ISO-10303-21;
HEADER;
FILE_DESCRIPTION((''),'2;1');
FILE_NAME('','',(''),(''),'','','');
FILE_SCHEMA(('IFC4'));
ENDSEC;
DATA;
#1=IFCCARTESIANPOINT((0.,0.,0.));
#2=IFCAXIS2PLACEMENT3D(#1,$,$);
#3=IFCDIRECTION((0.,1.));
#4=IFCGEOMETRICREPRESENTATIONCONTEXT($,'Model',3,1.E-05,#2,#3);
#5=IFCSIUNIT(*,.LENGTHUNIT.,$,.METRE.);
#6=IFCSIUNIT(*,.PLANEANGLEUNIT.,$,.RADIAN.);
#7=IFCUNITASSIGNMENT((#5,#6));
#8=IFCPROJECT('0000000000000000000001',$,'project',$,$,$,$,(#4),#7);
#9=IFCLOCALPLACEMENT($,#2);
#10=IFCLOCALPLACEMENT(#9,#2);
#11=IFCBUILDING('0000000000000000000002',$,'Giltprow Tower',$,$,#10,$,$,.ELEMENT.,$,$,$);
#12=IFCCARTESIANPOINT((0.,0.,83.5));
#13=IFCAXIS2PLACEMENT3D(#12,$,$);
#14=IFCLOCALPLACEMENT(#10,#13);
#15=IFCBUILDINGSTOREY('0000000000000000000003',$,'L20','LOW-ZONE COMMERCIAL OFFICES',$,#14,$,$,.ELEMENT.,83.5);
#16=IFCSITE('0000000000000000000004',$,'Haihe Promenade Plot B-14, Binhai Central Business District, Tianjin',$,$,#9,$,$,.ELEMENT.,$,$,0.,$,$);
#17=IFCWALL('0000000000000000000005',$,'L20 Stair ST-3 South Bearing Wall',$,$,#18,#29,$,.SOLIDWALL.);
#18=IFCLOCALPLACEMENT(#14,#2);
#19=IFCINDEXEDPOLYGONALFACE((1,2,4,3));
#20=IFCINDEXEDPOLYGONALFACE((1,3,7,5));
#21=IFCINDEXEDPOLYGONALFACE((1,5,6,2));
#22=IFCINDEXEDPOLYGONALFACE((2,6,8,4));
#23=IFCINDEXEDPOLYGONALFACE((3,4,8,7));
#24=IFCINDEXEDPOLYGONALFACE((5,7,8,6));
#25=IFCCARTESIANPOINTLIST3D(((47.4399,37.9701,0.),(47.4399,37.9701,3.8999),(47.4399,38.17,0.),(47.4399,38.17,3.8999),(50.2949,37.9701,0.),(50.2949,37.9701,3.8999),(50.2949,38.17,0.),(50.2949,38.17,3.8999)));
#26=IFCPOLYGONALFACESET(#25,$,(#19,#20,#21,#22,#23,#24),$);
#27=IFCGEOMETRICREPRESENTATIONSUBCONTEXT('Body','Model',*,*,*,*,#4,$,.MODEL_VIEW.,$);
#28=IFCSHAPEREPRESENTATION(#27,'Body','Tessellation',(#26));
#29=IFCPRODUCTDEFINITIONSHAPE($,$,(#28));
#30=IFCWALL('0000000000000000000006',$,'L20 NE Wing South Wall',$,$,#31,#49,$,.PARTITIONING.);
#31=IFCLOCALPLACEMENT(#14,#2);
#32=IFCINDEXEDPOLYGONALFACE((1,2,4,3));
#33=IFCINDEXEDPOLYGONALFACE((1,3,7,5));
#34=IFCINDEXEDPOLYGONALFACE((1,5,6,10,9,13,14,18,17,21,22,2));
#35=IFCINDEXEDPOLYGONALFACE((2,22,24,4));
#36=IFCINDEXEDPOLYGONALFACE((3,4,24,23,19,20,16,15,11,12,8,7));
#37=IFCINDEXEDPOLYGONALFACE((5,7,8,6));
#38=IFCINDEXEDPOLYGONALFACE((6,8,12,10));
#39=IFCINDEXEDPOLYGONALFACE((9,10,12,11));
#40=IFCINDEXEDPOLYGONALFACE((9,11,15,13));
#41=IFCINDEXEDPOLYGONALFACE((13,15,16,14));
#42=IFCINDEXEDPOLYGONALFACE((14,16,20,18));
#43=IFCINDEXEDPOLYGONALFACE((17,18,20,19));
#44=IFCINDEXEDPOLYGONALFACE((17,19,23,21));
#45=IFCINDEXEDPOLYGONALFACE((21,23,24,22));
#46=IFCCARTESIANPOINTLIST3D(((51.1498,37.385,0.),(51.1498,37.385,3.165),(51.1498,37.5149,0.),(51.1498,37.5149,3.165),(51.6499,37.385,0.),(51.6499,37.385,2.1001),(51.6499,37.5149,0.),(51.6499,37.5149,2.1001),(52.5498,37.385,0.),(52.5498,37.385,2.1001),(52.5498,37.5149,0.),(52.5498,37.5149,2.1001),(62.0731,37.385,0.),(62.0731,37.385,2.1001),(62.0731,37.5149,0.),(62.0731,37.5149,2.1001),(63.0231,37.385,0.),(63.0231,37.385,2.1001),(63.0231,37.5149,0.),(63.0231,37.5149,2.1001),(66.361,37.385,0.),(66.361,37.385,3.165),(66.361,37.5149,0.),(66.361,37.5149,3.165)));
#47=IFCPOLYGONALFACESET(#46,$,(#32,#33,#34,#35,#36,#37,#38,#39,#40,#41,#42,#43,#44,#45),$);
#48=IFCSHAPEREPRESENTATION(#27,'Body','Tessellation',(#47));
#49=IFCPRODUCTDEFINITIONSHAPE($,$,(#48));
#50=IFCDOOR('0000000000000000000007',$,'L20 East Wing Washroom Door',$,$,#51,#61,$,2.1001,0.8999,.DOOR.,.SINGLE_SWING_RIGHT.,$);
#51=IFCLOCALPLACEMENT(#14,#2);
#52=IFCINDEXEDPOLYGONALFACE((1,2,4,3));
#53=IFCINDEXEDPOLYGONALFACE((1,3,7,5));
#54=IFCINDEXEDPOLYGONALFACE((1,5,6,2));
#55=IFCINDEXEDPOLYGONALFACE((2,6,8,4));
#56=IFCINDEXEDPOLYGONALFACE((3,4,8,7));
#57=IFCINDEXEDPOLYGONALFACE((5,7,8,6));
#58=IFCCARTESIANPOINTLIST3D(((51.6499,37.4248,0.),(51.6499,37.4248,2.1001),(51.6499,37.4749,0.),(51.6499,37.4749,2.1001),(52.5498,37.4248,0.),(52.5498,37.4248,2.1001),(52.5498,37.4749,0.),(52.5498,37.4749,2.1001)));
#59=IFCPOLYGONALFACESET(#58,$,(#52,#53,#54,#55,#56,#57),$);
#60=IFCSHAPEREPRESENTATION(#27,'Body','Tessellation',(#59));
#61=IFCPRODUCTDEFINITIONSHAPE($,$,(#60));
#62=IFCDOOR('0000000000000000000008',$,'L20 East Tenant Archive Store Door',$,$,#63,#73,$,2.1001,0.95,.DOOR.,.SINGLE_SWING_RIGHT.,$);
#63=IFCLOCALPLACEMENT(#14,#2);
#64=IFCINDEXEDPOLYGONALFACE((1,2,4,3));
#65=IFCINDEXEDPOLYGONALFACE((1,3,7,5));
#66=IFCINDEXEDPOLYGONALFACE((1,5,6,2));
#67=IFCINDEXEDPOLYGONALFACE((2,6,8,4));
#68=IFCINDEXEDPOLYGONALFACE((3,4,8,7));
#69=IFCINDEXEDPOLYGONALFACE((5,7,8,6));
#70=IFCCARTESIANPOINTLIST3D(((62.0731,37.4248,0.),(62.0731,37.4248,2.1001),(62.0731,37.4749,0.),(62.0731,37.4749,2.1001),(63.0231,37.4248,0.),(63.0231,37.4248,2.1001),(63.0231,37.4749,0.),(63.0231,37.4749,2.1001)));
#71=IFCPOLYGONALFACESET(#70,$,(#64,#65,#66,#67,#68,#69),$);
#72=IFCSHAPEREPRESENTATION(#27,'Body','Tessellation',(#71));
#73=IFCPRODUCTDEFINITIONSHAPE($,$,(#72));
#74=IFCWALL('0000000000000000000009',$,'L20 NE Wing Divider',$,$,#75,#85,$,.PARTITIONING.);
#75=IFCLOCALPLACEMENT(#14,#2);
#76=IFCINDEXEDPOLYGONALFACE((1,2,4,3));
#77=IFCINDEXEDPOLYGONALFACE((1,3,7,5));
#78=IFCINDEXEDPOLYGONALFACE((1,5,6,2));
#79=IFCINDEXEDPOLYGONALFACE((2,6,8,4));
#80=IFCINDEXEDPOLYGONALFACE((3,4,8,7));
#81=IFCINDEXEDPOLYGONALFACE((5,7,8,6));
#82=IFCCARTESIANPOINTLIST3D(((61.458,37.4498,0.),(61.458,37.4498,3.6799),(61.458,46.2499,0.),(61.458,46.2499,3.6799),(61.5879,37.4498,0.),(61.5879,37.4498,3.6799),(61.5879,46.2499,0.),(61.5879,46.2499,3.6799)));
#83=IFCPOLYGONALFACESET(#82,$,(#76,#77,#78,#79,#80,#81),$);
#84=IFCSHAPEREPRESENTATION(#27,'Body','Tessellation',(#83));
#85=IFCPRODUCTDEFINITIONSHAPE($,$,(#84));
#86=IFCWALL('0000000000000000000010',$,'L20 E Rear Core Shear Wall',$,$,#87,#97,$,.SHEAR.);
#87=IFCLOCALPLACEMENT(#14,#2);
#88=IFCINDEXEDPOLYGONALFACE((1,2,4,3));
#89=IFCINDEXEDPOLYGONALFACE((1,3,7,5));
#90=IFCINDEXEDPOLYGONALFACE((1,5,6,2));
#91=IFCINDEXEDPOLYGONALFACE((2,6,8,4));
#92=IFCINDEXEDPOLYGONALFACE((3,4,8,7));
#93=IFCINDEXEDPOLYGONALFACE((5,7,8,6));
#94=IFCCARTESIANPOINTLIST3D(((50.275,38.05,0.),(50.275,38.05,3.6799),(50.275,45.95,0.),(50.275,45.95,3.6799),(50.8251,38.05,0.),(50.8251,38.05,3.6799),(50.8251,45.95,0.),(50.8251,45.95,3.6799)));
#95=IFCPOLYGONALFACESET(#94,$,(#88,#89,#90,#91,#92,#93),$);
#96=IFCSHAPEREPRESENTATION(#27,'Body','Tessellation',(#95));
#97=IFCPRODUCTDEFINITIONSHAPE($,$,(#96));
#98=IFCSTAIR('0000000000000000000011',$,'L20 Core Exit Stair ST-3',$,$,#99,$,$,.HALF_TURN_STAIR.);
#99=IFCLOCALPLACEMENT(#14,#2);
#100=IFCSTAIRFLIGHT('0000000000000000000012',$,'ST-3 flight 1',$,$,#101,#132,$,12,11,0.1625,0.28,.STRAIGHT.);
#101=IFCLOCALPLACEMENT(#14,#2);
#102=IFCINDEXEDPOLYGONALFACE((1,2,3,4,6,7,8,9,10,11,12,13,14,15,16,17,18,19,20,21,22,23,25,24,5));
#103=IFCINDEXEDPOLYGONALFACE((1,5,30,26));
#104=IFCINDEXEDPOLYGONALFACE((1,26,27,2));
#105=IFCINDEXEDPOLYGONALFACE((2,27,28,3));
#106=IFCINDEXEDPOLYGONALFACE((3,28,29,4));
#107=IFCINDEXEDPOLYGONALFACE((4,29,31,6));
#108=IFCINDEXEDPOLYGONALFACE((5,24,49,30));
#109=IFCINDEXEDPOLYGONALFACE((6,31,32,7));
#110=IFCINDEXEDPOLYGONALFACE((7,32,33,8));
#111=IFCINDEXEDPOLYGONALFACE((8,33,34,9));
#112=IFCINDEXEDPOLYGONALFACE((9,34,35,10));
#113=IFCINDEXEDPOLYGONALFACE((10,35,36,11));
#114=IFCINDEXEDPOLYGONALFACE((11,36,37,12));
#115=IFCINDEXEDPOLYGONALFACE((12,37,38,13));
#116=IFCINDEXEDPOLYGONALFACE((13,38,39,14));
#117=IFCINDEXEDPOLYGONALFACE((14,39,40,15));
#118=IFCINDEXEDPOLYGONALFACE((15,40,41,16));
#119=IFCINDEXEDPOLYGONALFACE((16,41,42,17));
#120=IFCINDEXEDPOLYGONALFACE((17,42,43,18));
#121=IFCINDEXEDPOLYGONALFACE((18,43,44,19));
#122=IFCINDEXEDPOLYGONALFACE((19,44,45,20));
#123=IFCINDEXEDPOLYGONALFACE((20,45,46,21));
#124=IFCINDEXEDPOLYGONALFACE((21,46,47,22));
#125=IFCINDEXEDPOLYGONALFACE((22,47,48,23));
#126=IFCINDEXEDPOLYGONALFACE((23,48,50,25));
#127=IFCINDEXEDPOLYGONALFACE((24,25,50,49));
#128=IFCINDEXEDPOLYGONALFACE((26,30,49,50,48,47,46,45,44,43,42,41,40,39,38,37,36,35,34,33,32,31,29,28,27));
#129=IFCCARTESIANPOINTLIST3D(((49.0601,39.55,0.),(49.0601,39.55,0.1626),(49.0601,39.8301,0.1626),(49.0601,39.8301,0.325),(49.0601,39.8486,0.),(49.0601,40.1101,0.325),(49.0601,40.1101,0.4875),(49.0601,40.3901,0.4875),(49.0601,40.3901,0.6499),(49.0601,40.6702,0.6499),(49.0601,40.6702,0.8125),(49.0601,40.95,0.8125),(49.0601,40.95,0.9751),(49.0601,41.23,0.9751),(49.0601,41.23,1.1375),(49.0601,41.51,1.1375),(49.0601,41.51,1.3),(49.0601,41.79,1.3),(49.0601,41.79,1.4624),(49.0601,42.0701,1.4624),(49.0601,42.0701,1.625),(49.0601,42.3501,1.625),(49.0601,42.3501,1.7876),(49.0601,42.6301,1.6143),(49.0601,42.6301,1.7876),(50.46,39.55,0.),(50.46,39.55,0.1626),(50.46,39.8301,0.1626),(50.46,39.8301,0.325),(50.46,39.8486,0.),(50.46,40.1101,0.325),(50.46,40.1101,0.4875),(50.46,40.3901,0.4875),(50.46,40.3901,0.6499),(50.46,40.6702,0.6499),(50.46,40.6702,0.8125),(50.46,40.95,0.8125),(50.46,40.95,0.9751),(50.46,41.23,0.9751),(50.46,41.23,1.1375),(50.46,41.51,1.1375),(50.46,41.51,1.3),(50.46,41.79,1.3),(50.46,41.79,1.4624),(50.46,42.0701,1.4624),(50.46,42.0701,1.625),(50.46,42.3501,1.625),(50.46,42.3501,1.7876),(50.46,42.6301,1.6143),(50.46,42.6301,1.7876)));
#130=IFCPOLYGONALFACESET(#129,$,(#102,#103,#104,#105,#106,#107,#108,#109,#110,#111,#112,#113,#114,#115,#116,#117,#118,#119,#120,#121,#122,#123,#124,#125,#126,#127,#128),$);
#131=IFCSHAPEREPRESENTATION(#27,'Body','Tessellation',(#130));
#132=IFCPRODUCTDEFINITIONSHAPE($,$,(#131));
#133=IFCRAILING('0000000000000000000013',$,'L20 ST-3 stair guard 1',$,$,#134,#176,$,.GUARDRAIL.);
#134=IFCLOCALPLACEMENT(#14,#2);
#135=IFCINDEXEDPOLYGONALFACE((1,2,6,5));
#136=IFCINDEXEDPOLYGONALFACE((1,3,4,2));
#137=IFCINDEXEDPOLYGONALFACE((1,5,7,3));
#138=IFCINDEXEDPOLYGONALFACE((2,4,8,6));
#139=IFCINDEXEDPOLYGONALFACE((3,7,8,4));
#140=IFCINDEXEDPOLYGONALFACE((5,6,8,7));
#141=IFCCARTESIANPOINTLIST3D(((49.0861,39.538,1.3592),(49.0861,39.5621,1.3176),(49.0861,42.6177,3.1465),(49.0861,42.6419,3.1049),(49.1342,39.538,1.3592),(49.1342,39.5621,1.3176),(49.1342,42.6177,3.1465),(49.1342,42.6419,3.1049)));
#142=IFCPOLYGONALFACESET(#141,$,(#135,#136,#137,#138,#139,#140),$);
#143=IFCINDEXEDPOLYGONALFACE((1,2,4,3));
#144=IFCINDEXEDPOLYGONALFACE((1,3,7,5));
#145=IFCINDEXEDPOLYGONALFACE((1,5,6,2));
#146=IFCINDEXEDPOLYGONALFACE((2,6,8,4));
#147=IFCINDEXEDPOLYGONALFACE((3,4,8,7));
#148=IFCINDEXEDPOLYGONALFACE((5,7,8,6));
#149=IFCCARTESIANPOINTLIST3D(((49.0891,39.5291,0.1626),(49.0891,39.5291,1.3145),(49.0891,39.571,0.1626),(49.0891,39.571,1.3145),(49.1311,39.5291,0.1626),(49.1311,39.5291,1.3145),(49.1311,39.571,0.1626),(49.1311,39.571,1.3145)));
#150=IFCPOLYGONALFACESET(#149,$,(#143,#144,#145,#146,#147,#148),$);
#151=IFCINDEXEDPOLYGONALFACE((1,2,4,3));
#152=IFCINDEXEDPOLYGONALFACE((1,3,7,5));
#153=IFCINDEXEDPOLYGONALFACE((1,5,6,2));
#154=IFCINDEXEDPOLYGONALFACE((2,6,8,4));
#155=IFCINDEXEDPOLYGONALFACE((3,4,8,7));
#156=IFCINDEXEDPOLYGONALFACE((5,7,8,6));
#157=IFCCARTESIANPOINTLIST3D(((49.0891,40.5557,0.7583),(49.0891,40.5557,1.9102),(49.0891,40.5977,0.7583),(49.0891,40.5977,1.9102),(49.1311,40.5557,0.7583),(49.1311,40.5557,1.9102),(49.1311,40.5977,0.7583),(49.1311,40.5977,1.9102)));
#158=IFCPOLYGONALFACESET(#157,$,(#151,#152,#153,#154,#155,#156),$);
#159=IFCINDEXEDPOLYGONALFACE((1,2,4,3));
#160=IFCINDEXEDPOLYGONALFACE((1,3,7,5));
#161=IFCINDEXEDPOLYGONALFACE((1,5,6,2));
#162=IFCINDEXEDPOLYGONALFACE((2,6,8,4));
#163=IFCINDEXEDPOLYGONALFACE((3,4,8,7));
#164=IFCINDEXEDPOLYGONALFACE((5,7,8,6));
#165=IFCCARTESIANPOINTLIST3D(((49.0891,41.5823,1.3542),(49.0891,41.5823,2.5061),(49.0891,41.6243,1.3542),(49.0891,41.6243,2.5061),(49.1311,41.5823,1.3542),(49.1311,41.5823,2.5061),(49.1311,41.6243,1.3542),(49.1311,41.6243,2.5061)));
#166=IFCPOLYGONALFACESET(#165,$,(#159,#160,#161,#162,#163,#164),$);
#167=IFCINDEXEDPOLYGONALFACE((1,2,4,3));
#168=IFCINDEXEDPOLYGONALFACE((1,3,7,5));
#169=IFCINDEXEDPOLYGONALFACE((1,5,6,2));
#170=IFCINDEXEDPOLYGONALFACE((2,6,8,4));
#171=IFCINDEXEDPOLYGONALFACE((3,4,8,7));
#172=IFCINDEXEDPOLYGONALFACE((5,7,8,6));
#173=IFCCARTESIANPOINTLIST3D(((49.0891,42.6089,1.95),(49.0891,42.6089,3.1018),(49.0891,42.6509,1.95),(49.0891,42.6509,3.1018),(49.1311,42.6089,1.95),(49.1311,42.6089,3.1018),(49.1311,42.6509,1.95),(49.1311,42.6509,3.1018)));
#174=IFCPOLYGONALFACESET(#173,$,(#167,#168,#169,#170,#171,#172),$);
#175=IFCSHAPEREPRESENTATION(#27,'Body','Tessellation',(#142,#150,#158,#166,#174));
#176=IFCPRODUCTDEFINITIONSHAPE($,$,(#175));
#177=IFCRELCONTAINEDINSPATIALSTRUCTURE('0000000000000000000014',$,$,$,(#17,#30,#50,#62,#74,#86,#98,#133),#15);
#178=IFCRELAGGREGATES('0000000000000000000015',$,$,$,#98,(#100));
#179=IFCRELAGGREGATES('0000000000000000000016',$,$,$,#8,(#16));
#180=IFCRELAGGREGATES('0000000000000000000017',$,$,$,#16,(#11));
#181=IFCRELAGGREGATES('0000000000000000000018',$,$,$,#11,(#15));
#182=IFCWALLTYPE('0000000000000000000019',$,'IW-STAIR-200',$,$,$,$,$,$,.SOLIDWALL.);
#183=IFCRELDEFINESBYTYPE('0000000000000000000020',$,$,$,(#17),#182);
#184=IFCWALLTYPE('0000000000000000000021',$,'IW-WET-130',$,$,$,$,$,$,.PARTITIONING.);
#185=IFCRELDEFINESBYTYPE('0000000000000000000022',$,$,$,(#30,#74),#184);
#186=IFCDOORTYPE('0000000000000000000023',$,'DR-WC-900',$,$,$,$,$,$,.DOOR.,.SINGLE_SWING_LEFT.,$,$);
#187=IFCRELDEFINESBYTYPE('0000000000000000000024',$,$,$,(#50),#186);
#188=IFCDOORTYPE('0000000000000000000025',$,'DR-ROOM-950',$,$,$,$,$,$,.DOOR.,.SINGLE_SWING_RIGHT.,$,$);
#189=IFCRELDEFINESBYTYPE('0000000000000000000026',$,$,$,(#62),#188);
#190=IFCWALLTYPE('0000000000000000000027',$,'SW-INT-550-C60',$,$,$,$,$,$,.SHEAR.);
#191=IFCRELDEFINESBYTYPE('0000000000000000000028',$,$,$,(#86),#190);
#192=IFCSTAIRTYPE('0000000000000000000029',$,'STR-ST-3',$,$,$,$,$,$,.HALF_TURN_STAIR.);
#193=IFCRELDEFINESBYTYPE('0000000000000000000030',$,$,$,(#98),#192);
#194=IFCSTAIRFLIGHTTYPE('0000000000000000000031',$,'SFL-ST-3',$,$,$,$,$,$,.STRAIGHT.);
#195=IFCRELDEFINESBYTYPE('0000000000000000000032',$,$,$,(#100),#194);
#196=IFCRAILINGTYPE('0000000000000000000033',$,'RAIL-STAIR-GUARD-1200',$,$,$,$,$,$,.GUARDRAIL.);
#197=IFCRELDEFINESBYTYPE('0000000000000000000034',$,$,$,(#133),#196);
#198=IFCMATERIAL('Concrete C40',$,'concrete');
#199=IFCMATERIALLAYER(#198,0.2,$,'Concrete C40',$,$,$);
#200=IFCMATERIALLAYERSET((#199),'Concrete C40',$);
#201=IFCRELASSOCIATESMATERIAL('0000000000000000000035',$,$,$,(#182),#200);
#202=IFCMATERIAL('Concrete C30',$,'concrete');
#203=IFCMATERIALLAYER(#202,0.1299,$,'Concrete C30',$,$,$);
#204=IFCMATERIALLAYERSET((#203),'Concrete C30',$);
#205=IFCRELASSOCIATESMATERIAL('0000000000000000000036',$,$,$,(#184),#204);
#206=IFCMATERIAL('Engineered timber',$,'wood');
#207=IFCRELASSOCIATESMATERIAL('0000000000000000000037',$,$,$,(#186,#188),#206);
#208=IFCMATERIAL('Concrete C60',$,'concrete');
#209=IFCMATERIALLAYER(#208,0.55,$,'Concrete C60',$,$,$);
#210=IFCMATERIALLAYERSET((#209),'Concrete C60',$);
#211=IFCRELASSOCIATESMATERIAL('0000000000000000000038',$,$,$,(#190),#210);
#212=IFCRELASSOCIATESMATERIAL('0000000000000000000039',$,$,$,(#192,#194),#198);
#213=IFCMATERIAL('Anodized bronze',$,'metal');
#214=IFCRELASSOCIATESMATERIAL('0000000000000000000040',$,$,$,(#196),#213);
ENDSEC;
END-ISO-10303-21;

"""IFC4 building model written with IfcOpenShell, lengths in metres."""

from ifc_helpers import new_model, si_unit, direction, frame, frame_2d, origin, origin_2d, place, context, subcontext, project, spatial, polyline, rectangle, outline, extrude, source, transform, mapped, material, layer, layer_set, type_object, element, fill, aggregate, save


model = new_model("IFC4")

# Units and contexts
model_context = context("Model", 3, precision=1e-05, world=origin(), true_north=direction((0.0, 1.0)))
body_context = subcontext(model_context, "Body", "Model", "MODEL_VIEW")
ifc_project = project(units=[si_unit("LENGTHUNIT", "METRE"), si_unit("PLANEANGLEUNIT", "RADIAN")], contexts=[model_context])

# Site, building, storey
site_placement = place(None, origin())
site = spatial("IfcSite", under=ifc_project, at=site_placement, Name="Haihe Promenade Plot B-14, Binhai Central Business District, Tianjin", CompositionType="ELEMENT", RefElevation=0.0)
building_placement = place(site_placement, origin())
building = spatial("IfcBuilding", under=site, at=building_placement, Name="Giltprow Tower", CompositionType="ELEMENT")
storey_placement = place(building_placement, frame((0.0, 0.0, 83.5)))
storey = spatial("IfcBuildingStorey", under=building, at=storey_placement, Name="L20", Description="LOW-ZONE COMMERCIAL OFFICES", CompositionType="ELEMENT", Elevation=83.5)

# Shared definitions
ifc_material_1 = material(Name="Concrete C60", Category="concrete")

# Wall
ifc_material_2 = material(Name="Concrete C40", Category="concrete")
ifc_layer_1 = layer(ifc_material_2, 0.2, Name="Concrete C40")
ifc_layer_set_1 = layer_set([ifc_layer_1], Name="Concrete C40")
wall_type_1 = type_object("IfcWallType", Name="IW-STAIR-200", PredefinedType="SOLIDWALL", material=ifc_layer_set_1)
wall_1_placement = place(storey_placement, frame((47.4399, 38.0701, 0.0), z_axis=(0.0, 0.0, 1.0), x_axis=(1.0, 0.0, 0.0)))
element("IfcWall", 1, at=wall_1_placement, inside=storey, type_object=wall_type_1, Name="L20 Stair ST-3 South Bearing Wall", PredefinedType="SOLIDWALL", context=body_context, shape_type="SweptSolid", body=[
    extrude(rectangle(XDim=2.855, YDim=0.2, at=frame_2d((1.4275, 0.0))), origin(), (0.0, 0.0, 1.0), 3.8999),
])

# Wall, openings, doors
ifc_material_3 = material(Name="Concrete C30", Category="concrete")
ifc_layer_2 = layer(ifc_material_3, 0.1299, Name="Concrete C30")
ifc_layer_set_2 = layer_set([ifc_layer_2], Name="Concrete C30")
wall_type_2 = type_object("IfcWallType", Name="IW-WET-130", PredefinedType="PARTITIONING", material=ifc_layer_set_2)
wall_2_placement = place(storey_placement, frame((51.1499, 37.45, 0.0), z_axis=(0.0, 0.0, 1.0), x_axis=(1.0, 0.0, 0.0)))
wall_2 = element("IfcWall", 2, at=wall_2_placement, inside=storey, type_object=wall_type_2, Name="L20 NE Wing South Wall", PredefinedType="PARTITIONING", context=body_context, shape_type="SweptSolid", body=[
    extrude(rectangle(XDim=15.2112, YDim=0.1299, at=frame_2d((7.6055, 0.0))), origin(), (0.0, 0.0, 1.0), 3.165),
])
opening_1_placement = place(wall_2_placement, frame((0.5, 0.0, 0.0)))
opening_1 = element("IfcOpeningElement", 3, at=opening_1_placement, cuts=wall_2, PredefinedType="OPENING", context=body_context, shape_type="SweptSolid", body=[
    extrude(rectangle(XDim=0.8999, YDim=2.1001, at=frame_2d((0.45, 1.05))), frame((0.0, 0.075, 0.0), z_axis=(0.0, -1.0, 0.0), x_axis=(1.0, 0.0, 0.0)), (0.0, 0.0, 1.0), 0.1499),
])
opening_2_placement = place(wall_2_placement, frame((10.9231, 0.0, 0.0)))
opening_2 = element("IfcOpeningElement", 4, at=opening_2_placement, cuts=wall_2, PredefinedType="OPENING", context=body_context, shape_type="SweptSolid", body=[
    extrude(rectangle(XDim=0.95, YDim=2.1001, at=frame_2d((0.4751, 1.05))), frame((0.0, 0.075, 0.0), z_axis=(0.0, -1.0, 0.0), x_axis=(1.0, 0.0, 0.0)), (0.0, 0.0, 1.0), 0.1499),
])
ifc_material_4 = material(Name="Engineered timber", Category="wood")
door_type_1 = type_object("IfcDoorType", Name="DR-WC-900", OperationType="SINGLE_SWING_LEFT", PredefinedType="DOOR", material=ifc_material_4)
shared_shape_1 = source(origin(), body_context, "Body", "SweptSolid", [
    extrude(rectangle(XDim=0.8999, YDim=2.1001, at=frame_2d((0.45, 1.05))), frame((0.0, 0.0249, 0.0), z_axis=(0.0, -1.0, 0.0), x_axis=(1.0, 0.0, 0.0)), (0.0, 0.0, 1.0), 0.05),
])
door_1_placement = place(opening_1_placement, origin())
door_1 = element("IfcDoor", 5, at=door_1_placement, inside=storey, type_object=door_type_1, Name="L20 East Wing Washroom Door", OperationType="SINGLE_SWING_RIGHT", OverallHeight=2.1001, OverallWidth=0.8999, PredefinedType="DOOR", context=body_context, shape_type="MappedRepresentation", body=[
    mapped(shared_shape_1, transform((0.0, 0.0, 0.0), x_axis=(1.0, 0.0, 0.0), y_axis=(0.0, 1.0, 0.0), z_axis=(0.0, 0.0, 1.0), scale=1.0)),
])
fill(opening_1, door_1)
door_type_2 = type_object("IfcDoorType", Name="DR-ROOM-950", OperationType="SINGLE_SWING_RIGHT", PredefinedType="DOOR", material=ifc_material_4)
shared_shape_2 = source(origin(), body_context, "Body", "SweptSolid", [
    extrude(rectangle(XDim=0.95, YDim=2.1001, at=frame_2d((0.4751, 1.05))), frame((0.0, 0.0249, 0.0), z_axis=(0.0, -1.0, 0.0), x_axis=(1.0, 0.0, 0.0)), (0.0, 0.0, 1.0), 0.05),
])
door_2_placement = place(opening_2_placement, origin())
door_2 = element("IfcDoor", 6, at=door_2_placement, inside=storey, type_object=door_type_2, Name="L20 East Tenant Archive Store Door", OperationType="SINGLE_SWING_RIGHT", OverallHeight=2.1001, OverallWidth=0.95, PredefinedType="DOOR", context=body_context, shape_type="MappedRepresentation", body=[
    mapped(shared_shape_2, transform((0.0, 0.0, 0.0), x_axis=(1.0, 0.0, 0.0), y_axis=(0.0, 1.0, 0.0), z_axis=(0.0, 0.0, 1.0), scale=1.0)),
])
fill(opening_2, door_2)

# Walls
wall_3_placement = place(storey_placement, frame((61.5229, 37.45, 0.0), z_axis=(0.0, 0.0, 1.0), x_axis=(0.0, 1.0, 0.0)))
element("IfcWall", 7, at=wall_3_placement, inside=storey, type_object=wall_type_2, Name="L20 NE Wing Divider", PredefinedType="PARTITIONING", context=body_context, shape_type="SweptSolid", body=[
    extrude(rectangle(XDim=8.8, YDim=0.1299, at=frame_2d((4.3999, 0.0))), origin(), (0.0, 0.0, 1.0), 3.6799),
])
ifc_layer_3 = layer(ifc_material_1, 0.55, Name="Concrete C60")
ifc_layer_set_3 = layer_set([ifc_layer_3], Name="Concrete C60")
wall_type_3 = type_object("IfcWallType", Name="SW-INT-550-C60", PredefinedType="SHEAR", material=ifc_layer_set_3)
wall_4_placement = place(storey_placement, frame((50.55, 38.05, 0.0), z_axis=(0.0, 0.0, 1.0), x_axis=(0.0, 1.0, 0.0)))
element("IfcWall", 8, at=wall_4_placement, inside=storey, type_object=wall_type_3, Name="L20 E Rear Core Shear Wall", PredefinedType="SHEAR", context=body_context, shape_type="SweptSolid", body=[
    extrude(rectangle(XDim=7.8999, YDim=0.55, at=frame_2d((3.95, 0.0))), origin(), (0.0, 0.0, 1.0), 3.6799),
])

# Stair, stair flight
stair_type = type_object("IfcStairType", Name="STR-ST-3", PredefinedType="HALF_TURN_STAIR", material=ifc_material_2)
stair_placement = place(storey_placement, origin())
stair = element("IfcStair", 9, at=stair_placement, inside=storey, type_object=stair_type, Name="L20 Core Exit Stair ST-3", PredefinedType="HALF_TURN_STAIR")
stair_flight_type = type_object("IfcStairFlightType", Name="SFL-ST-3", PredefinedType="STRAIGHT", material=ifc_material_2)
stair_flight_placement = place(storey_placement, frame((49.76, 39.55, 0.0), z_axis=(0.0, 0.0, 1.0), x_axis=(0.0, 1.0, 0.0)))
stair_flight = element("IfcStairFlight", 10, at=stair_flight_placement, type_object=stair_flight_type, Name="ST-3 flight 1", NumberOfRisers=12, NumberOfTreads=11, PredefinedType="STRAIGHT", RiserHeight=0.1625, TreadLength=0.28, context=body_context, shape_type="SweptSolid", body=[
    extrude(outline(polyline([(0.0, 0.0), (0.0, 0.1626), (0.28, 0.1626), (0.28, 0.325), (0.5601, 0.325), (0.5601, 0.4875), (0.8401, 0.4875), (0.8401, 0.6499), (1.1201, 0.6499), (1.1201, 0.8125), (1.3999, 0.8125), (1.3999, 0.9751), (1.6799, 0.9751), (1.6799, 1.1375), (1.96, 1.1375), (1.96, 1.3), (2.24, 1.3), (2.24, 1.4624), (2.52, 1.4624), (2.52, 1.625), (2.8, 1.625), (2.8, 1.7876), (3.0801, 1.7876), (3.0801, 1.95), (3.0801, 1.6143), (0.2986, 0.0), (0.0, 0.0)])), frame((0.0, 0.7, 0.0), z_axis=(0.0, -1.0, 0.0), x_axis=(1.0, 0.0, 0.0)), (0.0, 0.0, 1.0), 1.3999),
])
aggregate(stair, [stair_flight])

# Railing
ifc_material_5 = material(Name="Anodized bronze", Category="metal")
railing_type_1 = type_object("IfcRailingType", Name="RAIL-STAIR-GUARD-1200", PredefinedType="GUARDRAIL", material=ifc_material_5)
railing_1_placement = place(storey_placement, frame((49.1101, 39.55, 0.1626)))
element("IfcRailing", 11, at=railing_1_placement, inside=storey, type_object=railing_type_1, Name="L20 ST-3 stair guard 1", PredefinedType="GUARDRAIL", context=body_context, shape_type="SweptSolid", body=[
    extrude(rectangle(XDim=0.0481, YDim=0.0481, at=origin_2d()), frame((0.0, 0.0, 1.1758), z_axis=(0.0, 0.864903, 0.501939), x_axis=(-1.0, 0.0, 0.0)), (0.0, 0.0, 1.0), 3.5608),
    extrude(rectangle(XDim=0.042, YDim=0.042, at=origin_2d()), origin(), (0.0, 0.0, 1.0), 1.1519),
    extrude(rectangle(XDim=0.042, YDim=0.042, at=origin_2d()), frame((0.0, 1.0266, 0.5957)), (0.0, 0.0, 1.0), 1.1519),
    extrude(rectangle(XDim=0.042, YDim=0.042, at=origin_2d()), frame((0.0, 2.0532, 1.1917)), (0.0, 0.0, 1.0), 1.1519),
    extrude(rectangle(XDim=0.042, YDim=0.042, at=origin_2d()), frame((0.0, 3.0798, 1.7874)), (0.0, 0.0, 1.0), 1.1519),
])

save(model, "model.ifc")
